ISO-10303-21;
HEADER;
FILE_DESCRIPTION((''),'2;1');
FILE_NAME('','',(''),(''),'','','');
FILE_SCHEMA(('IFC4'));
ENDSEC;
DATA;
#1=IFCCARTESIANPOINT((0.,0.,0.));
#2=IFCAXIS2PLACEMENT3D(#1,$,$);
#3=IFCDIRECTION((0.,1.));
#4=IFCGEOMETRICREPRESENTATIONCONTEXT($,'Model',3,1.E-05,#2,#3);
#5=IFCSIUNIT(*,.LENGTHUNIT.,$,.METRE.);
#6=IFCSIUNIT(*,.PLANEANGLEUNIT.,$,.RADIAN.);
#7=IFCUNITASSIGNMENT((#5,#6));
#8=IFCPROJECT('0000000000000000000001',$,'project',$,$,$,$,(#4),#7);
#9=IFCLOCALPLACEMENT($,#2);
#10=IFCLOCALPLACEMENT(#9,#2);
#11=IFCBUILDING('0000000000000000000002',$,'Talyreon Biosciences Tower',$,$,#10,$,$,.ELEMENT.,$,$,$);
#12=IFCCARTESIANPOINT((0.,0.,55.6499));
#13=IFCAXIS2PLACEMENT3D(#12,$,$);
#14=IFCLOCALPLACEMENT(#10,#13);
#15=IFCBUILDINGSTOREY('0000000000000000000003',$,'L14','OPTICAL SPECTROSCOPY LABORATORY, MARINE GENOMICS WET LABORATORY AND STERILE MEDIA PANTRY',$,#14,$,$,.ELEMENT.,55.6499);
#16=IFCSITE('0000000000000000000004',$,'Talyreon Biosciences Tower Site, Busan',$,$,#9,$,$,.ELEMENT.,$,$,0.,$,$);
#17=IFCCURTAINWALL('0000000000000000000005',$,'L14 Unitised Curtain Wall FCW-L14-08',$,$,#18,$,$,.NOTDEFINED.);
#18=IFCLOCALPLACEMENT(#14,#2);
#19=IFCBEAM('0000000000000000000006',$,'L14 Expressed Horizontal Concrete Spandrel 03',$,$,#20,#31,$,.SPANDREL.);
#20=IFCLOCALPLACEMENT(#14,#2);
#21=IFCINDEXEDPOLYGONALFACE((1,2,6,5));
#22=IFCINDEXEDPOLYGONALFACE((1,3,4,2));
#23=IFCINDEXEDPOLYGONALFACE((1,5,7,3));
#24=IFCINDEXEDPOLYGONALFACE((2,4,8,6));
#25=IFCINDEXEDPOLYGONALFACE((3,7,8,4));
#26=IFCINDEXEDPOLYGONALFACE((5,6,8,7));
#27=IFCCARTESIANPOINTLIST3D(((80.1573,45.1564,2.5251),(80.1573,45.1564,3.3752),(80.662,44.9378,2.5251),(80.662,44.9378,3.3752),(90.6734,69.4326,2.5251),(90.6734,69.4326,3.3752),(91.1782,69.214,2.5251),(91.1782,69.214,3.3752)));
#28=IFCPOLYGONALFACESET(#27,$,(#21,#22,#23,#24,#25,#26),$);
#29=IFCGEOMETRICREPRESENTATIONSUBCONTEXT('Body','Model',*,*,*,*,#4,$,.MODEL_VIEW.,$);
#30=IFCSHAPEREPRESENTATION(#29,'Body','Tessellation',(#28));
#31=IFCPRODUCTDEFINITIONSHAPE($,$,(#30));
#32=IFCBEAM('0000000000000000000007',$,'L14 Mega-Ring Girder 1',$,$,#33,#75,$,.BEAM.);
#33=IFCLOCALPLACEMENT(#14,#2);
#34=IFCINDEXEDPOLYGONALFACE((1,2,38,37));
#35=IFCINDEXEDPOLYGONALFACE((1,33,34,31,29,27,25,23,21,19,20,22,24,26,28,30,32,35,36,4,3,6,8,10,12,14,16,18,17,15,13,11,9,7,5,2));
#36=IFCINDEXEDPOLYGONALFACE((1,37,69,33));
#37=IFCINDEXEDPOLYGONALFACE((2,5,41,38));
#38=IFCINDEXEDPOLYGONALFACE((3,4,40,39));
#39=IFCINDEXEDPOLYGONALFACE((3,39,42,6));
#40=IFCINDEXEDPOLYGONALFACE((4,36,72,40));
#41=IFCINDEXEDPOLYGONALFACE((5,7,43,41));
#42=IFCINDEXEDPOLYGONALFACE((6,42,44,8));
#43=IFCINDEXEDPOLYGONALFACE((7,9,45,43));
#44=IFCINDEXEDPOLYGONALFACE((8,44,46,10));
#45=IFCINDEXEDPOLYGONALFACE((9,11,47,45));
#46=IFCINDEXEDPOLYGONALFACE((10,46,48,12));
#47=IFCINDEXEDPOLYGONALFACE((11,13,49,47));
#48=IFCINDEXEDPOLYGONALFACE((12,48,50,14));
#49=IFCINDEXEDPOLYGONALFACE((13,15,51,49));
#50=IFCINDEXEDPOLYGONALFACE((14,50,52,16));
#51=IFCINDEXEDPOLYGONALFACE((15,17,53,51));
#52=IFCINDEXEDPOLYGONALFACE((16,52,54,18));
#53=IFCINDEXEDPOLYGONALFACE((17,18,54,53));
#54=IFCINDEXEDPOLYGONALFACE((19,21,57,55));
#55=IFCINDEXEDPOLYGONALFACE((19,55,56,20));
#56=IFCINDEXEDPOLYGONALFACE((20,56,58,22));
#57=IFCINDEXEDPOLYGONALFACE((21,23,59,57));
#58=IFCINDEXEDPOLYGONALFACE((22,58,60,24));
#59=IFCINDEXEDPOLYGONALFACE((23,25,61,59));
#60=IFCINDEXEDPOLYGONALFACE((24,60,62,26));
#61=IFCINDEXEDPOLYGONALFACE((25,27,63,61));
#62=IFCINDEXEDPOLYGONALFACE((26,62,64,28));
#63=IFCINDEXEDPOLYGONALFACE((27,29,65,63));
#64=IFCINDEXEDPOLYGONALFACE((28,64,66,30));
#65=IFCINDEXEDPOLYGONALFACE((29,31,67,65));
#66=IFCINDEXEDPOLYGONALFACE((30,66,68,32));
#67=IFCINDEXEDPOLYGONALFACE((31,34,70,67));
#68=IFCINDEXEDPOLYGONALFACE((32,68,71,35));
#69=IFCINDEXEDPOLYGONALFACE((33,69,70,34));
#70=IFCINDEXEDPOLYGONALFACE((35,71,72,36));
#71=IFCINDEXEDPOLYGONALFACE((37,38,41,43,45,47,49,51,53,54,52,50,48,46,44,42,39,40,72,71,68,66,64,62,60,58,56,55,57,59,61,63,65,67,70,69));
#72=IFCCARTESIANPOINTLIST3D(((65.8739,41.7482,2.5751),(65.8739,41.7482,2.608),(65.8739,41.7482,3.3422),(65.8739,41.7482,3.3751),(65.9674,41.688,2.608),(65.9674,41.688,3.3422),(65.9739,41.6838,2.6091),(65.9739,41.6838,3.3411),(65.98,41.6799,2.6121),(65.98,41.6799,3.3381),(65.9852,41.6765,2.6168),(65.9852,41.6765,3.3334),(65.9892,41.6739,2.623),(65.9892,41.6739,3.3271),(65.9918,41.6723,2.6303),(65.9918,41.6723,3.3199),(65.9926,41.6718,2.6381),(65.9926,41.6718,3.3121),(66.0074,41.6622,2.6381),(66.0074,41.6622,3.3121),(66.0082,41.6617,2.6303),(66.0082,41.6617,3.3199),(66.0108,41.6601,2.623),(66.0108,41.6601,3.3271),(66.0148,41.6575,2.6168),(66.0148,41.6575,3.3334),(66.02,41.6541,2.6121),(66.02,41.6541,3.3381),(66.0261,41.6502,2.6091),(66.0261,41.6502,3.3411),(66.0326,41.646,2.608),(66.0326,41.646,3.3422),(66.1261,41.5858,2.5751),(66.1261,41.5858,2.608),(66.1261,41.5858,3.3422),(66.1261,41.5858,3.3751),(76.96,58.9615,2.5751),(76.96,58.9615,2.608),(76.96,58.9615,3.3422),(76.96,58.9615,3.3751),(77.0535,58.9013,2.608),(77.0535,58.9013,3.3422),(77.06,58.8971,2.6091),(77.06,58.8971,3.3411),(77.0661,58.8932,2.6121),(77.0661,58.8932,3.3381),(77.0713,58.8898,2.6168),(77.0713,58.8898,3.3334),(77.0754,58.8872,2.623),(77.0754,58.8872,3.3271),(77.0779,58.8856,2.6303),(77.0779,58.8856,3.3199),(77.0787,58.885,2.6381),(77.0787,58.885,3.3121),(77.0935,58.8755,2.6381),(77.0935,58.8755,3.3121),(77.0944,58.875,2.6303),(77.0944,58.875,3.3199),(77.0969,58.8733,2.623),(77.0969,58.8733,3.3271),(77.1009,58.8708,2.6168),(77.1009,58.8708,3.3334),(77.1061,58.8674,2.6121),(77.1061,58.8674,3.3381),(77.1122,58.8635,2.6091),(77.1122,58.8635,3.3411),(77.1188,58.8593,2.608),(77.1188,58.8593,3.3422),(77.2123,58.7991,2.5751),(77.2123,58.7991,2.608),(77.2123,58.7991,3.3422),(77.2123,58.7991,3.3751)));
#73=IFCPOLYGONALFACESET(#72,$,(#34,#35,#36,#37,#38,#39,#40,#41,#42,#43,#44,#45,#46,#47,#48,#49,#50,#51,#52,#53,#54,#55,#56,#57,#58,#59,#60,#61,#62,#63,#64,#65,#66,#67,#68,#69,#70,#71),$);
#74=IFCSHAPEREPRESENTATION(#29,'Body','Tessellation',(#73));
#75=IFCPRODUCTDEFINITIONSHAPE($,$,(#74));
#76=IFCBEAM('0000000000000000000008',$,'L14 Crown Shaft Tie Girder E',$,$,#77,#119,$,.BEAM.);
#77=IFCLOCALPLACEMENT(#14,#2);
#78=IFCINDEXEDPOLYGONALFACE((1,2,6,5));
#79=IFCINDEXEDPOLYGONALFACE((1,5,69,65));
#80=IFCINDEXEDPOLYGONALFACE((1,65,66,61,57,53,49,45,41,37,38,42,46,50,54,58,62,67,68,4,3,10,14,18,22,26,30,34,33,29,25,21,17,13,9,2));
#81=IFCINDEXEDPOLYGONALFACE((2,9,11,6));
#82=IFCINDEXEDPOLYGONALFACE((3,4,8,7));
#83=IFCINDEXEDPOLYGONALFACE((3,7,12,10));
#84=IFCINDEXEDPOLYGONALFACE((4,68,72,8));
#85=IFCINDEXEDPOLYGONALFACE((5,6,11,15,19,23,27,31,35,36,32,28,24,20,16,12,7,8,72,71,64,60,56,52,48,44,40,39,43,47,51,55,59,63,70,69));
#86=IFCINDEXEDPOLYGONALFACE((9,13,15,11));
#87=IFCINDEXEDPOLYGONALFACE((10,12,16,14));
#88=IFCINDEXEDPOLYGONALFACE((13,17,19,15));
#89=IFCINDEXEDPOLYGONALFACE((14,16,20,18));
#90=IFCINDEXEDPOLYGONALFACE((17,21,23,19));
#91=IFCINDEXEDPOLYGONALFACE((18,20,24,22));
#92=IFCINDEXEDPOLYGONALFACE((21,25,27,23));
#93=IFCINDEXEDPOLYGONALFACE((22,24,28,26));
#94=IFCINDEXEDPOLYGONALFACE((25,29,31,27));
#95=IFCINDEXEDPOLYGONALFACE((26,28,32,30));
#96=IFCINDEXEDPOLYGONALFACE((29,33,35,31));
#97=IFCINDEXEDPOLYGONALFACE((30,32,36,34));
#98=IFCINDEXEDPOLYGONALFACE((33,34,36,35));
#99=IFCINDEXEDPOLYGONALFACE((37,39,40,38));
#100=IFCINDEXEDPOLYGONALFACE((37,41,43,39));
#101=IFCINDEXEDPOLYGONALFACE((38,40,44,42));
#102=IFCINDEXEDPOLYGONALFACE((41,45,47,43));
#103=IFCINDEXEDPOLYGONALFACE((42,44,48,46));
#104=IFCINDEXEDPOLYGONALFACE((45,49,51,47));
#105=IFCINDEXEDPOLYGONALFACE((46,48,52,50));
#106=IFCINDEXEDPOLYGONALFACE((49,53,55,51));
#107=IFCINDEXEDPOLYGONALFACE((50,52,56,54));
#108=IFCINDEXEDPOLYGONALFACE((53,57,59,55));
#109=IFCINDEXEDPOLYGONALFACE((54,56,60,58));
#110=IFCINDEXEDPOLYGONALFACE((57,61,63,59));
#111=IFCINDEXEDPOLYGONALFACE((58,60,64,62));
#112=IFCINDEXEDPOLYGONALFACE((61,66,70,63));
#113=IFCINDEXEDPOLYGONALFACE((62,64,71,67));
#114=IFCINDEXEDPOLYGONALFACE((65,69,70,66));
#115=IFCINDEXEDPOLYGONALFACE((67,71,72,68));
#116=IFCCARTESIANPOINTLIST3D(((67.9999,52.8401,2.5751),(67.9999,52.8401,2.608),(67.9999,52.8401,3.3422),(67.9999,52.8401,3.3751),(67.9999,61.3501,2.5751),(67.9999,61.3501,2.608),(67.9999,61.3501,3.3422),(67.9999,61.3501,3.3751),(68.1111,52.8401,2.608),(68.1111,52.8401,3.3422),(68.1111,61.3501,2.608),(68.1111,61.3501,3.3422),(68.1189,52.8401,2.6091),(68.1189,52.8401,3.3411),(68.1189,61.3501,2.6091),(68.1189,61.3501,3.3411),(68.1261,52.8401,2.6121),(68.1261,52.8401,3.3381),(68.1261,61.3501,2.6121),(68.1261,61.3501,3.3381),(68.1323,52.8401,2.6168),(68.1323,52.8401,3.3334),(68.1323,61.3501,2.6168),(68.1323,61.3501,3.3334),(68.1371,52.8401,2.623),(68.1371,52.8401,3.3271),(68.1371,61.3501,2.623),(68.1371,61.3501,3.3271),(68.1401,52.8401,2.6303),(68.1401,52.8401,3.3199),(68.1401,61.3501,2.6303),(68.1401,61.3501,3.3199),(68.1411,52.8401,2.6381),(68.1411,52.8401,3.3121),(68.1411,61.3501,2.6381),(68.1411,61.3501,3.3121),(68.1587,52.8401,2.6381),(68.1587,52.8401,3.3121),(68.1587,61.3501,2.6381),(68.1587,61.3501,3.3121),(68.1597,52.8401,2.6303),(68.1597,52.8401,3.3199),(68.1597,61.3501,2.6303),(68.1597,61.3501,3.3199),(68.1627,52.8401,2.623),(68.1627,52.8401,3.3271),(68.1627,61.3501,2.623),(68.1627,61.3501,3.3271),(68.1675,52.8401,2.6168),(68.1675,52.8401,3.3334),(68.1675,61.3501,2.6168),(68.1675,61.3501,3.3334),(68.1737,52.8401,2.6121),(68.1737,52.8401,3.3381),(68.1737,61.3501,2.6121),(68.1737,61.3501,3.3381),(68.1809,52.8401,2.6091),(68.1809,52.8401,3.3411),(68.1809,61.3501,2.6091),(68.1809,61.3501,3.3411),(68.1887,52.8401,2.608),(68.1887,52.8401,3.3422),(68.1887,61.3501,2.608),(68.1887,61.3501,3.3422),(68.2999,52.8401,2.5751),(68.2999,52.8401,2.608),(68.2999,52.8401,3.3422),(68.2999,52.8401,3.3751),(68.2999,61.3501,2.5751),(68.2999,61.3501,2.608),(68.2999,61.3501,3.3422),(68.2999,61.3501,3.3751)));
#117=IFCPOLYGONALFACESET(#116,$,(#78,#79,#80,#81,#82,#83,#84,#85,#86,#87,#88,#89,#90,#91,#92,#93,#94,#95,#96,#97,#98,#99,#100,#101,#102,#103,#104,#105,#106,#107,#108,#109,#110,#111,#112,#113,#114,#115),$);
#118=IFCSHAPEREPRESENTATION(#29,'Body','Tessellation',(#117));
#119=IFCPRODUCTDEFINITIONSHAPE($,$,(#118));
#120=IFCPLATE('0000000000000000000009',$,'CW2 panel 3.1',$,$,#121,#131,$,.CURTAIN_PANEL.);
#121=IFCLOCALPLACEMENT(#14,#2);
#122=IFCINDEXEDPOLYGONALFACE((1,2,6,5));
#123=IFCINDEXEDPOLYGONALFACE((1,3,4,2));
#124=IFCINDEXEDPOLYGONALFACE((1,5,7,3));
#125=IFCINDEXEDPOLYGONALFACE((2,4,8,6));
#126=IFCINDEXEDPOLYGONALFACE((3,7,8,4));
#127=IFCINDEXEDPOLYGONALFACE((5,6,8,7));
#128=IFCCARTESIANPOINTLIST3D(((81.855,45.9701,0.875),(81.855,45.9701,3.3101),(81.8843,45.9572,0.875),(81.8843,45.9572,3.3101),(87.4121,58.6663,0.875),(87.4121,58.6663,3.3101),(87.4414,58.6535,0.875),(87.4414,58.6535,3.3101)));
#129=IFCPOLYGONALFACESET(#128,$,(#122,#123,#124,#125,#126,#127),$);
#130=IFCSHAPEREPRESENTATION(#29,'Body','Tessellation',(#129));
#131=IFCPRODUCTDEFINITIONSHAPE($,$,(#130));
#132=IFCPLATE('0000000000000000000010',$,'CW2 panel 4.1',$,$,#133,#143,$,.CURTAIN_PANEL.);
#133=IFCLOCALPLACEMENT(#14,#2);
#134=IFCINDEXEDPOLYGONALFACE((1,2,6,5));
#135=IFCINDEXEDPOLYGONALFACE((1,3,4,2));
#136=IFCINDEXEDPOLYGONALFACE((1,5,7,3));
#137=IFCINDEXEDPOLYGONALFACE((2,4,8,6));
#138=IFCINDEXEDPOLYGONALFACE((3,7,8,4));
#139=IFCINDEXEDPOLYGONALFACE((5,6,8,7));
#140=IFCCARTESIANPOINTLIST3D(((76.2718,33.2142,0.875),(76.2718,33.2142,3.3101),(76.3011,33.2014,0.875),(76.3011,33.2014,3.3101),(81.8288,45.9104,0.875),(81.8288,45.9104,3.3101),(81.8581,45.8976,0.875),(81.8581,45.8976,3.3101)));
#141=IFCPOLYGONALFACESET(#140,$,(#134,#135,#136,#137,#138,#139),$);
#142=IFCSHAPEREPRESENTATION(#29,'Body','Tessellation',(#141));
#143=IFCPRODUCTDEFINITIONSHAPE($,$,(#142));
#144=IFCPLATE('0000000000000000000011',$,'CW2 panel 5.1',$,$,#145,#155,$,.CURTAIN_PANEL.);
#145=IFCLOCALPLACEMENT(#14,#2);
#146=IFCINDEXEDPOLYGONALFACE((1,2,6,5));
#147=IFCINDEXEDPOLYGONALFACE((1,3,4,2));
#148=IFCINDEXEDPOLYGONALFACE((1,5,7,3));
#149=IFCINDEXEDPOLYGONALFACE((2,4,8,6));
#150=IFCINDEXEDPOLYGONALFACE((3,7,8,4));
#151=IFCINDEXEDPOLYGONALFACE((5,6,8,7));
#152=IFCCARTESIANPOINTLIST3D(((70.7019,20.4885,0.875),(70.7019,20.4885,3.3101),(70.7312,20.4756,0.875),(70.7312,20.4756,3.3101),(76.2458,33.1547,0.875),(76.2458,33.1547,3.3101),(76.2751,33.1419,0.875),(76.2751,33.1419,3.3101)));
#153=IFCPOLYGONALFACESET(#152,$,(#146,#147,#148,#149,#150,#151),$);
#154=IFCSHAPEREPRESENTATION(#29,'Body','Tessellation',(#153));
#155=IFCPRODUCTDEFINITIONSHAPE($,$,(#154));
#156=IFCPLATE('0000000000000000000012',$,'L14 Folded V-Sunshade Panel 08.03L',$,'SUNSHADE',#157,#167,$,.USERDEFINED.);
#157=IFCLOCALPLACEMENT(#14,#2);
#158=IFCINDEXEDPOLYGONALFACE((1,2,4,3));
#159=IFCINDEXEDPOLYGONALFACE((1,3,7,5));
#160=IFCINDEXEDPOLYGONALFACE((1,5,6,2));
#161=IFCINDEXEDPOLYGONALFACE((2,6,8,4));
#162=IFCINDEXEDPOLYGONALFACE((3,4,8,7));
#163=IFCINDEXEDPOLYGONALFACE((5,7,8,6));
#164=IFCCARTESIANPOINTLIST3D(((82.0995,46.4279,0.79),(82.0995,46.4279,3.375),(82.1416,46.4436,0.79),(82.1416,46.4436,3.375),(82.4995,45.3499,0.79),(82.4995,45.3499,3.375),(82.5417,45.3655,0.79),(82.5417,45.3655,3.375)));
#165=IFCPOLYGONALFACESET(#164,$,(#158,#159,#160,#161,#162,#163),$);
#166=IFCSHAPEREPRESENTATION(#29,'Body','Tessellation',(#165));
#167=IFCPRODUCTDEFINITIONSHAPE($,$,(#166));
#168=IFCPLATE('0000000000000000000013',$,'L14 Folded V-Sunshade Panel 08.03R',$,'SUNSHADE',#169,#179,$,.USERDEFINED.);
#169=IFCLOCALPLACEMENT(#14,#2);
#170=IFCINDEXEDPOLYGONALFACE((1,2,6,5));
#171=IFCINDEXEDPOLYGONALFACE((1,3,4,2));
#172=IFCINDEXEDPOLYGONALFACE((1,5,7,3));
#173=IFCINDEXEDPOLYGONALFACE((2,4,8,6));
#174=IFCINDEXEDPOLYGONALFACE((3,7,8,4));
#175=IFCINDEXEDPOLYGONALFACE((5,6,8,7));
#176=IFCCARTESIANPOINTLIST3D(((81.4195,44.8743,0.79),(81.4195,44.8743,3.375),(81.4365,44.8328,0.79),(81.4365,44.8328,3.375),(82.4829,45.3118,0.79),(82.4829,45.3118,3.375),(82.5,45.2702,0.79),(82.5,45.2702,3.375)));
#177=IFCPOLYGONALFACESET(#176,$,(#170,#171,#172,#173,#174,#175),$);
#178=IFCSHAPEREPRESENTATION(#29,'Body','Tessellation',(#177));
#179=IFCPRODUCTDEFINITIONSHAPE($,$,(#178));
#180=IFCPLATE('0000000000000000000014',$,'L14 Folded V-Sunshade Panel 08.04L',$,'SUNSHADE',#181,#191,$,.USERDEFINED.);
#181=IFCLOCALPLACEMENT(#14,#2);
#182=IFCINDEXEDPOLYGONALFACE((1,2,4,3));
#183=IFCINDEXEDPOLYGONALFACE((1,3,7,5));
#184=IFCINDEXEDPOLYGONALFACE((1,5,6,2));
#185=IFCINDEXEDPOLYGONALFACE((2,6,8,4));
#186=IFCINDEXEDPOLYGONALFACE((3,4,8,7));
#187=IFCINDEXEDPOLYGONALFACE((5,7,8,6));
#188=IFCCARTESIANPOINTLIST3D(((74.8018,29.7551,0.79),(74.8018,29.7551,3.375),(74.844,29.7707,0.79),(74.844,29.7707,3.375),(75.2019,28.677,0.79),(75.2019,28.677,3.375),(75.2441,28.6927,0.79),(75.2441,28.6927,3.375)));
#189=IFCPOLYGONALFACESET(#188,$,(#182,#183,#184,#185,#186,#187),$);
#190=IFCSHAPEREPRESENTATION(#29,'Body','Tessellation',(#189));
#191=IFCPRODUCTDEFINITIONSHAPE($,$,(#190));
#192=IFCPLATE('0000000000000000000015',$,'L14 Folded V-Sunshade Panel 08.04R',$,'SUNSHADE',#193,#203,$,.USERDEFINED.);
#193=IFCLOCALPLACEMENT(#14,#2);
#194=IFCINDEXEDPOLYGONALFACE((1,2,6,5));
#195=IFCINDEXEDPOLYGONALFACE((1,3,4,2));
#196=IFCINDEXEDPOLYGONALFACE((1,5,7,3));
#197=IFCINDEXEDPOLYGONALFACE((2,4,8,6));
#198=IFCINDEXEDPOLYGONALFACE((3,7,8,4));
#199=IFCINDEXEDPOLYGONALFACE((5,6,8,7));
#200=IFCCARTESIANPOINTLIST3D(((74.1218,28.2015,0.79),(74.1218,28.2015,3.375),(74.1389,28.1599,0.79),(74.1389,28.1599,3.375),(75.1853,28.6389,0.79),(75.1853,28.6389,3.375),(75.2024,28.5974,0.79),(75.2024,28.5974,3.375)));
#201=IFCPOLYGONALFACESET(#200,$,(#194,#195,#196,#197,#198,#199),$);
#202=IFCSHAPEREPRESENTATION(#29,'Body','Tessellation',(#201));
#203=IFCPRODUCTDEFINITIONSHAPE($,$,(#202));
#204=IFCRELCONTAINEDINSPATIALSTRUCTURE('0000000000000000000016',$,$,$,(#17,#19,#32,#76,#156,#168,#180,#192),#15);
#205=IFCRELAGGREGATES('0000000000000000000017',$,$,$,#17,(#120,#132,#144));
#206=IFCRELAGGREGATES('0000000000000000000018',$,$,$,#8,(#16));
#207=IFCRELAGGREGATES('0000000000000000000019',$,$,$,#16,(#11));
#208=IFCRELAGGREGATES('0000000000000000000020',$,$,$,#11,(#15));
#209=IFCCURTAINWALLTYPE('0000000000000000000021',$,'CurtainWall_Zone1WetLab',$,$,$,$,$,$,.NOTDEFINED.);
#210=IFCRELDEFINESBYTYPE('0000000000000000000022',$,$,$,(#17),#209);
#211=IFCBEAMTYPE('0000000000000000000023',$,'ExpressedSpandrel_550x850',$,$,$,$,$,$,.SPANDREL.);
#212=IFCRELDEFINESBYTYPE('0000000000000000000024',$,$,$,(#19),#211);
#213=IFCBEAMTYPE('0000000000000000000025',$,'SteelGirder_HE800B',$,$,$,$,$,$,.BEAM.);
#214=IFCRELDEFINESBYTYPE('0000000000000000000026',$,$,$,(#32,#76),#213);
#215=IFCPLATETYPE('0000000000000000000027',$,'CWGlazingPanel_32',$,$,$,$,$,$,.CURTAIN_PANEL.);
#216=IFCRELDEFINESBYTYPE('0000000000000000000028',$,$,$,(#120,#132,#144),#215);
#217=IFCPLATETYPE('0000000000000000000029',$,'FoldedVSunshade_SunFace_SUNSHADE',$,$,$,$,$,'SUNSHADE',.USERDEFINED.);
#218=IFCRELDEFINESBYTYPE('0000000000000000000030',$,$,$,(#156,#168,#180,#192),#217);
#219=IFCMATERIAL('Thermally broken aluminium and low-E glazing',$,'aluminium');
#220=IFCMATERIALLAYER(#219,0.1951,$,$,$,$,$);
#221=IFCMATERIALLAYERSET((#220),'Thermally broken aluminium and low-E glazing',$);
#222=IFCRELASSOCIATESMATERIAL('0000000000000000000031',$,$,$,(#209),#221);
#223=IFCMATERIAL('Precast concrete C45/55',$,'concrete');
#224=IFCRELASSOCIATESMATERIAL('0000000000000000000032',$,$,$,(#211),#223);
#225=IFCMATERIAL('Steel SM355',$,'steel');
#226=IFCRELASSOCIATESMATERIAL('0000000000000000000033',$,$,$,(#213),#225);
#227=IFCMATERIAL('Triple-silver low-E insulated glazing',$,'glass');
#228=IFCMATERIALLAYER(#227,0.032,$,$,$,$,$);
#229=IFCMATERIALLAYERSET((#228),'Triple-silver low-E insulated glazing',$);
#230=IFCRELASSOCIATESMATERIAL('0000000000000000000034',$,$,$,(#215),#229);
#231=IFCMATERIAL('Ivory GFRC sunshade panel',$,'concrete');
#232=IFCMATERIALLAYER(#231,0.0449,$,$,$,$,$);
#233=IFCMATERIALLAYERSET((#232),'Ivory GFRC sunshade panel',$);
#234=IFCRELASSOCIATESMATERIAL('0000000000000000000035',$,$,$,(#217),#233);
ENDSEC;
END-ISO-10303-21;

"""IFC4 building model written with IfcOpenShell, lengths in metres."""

from ifc_helpers import new_model, si_unit, direction, frame, origin, origin_2d, place, context, subcontext, project, spatial, rectangle, i_section, extrude, material, layer, layer_set, material_profile, profile_set, type_object, element, aggregate, save


model = new_model("IFC4")

# Units and contexts
model_context = context("Model", 3, precision=1e-05, world=origin(), true_north=direction((0.0, 1.0)))
body_context = subcontext(model_context, "Body", "Model", "MODEL_VIEW")
ifc_project = project(units=[si_unit("LENGTHUNIT", "METRE"), si_unit("PLANEANGLEUNIT", "RADIAN")], contexts=[model_context])

# Site, building, storey
site_placement = place(None, origin())
site = spatial("IfcSite", under=ifc_project, at=site_placement, Name="Talyreon Biosciences Tower Site, Busan", CompositionType="ELEMENT", RefElevation=0.0)
building_placement = place(site_placement, origin())
building = spatial("IfcBuilding", under=site, at=building_placement, Name="Talyreon Biosciences Tower", CompositionType="ELEMENT")
storey_placement = place(building_placement, frame((0.0, 0.0, 55.6499)))
storey = spatial("IfcBuildingStorey", under=building, at=storey_placement, Name="L14", Description="OPTICAL SPECTROSCOPY LABORATORY, MARINE GENOMICS WET LABORATORY AND STERILE MEDIA PANTRY", CompositionType="ELEMENT", Elevation=55.6499)

# Shared definitions
ifc_material_1 = material(Name="Precast concrete C45/55", Category="concrete")

# Curtain wall
ifc_material_2 = material(Name="Thermally broken aluminium and low-E glazing", Category="aluminium")
ifc_layer_1 = layer(ifc_material_2, 0.1951)
ifc_layer_set_1 = layer_set([ifc_layer_1], Name="Thermally broken aluminium and low-E glazing")
curtain_wall_type = type_object("IfcCurtainWallType", Name="CurtainWall_Zone1WetLab", PredefinedType="NOTDEFINED", material=ifc_layer_set_1)
curtain_wall_placement = place(storey_placement, origin())
curtain_wall = element("IfcCurtainWall", 1, at=curtain_wall_placement, inside=storey, type_object=curtain_wall_type, Name="L14 Unitised Curtain Wall FCW-L14-08", PredefinedType="NOTDEFINED")

# Beams
ifc_material_profile_1 = material_profile(ifc_material_1, rectangle(XDim=0.55, YDim=0.8501, at=origin_2d()), Name="RCB 550x850")
ifc_profile_set_1 = profile_set([ifc_material_profile_1], Name="Precast concrete C45/55")
beam_type_1 = type_object("IfcBeamType", Name="ExpressedSpandrel_550x850", PredefinedType="SPANDREL", material=ifc_profile_set_1)
beam_1_placement = place(storey_placement, frame((80.4097, 45.0471, 2.9502), z_axis=(0.397495, 0.917604, 0.0), x_axis=(-0.917604, 0.397495, 0.0)))
element("IfcBeam", 2, at=beam_1_placement, inside=storey, type_object=beam_type_1, Name="L14 Expressed Horizontal Concrete Spandrel 03", PredefinedType="SPANDREL", context=body_context, shape_type="SweptSolid", body=[
    extrude(rectangle(XDim=0.55, YDim=0.8501, at=origin_2d()), origin(), (0.0, 0.0, 1.0), 26.4561),
])
ifc_material_3 = material(Name="Steel SM355", Category="steel")
ifc_material_profile_2 = material_profile(ifc_material_3, i_section(OverallWidth=0.3, OverallDepth=0.8, WebThickness=0.0176, FlangeThickness=0.033, FilletRadius=0.03, at=origin_2d()), Name="HE800B")
ifc_profile_set_2 = profile_set([ifc_material_profile_2], Name="Steel SM355")
beam_type_2 = type_object("IfcBeamType", Name="SteelGirder_HE800B", PredefinedType="BEAM", material=ifc_profile_set_2)
beam_2_placement = place(storey_placement, frame((66.0, 41.667, 2.9751), z_axis=(0.541464, 0.840724, 0.0), x_axis=(-0.840724, 0.541464, 0.0)))
element("IfcBeam", 3, at=beam_2_placement, inside=storey, type_object=beam_type_2, Name="L14 Mega-Ring Girder 1", PredefinedType="BEAM", context=body_context, shape_type="SweptSolid", body=[
    extrude(i_section(OverallWidth=0.3, OverallDepth=0.8, WebThickness=0.0176, FlangeThickness=0.033, FilletRadius=0.03, at=origin_2d()), origin(), (0.0, 0.0, 1.0), 20.4744),
])
beam_3_placement = place(storey_placement, frame((68.1499, 52.8401, 2.9751), z_axis=(0.0, 1.0, 0.0), x_axis=(-1.0, 0.0, 0.0)))
element("IfcBeam", 4, at=beam_3_placement, inside=storey, type_object=beam_type_2, Name="L14 Crown Shaft Tie Girder E", PredefinedType="BEAM", context=body_context, shape_type="SweptSolid", body=[
    extrude(i_section(OverallWidth=0.3, OverallDepth=0.8, WebThickness=0.0176, FlangeThickness=0.033, FilletRadius=0.03, at=origin_2d()), origin(), (0.0, 0.0, 1.0), 8.51),
])

# Plates
ifc_material_4 = material(Name="Triple-silver low-E insulated glazing", Category="glass")
ifc_layer_2 = layer(ifc_material_4, 0.032)
ifc_layer_set_2 = layer_set([ifc_layer_2], Name="Triple-silver low-E insulated glazing")
plate_type_1 = type_object("IfcPlateType", Name="CWGlazingPanel_32", PredefinedType="CURTAIN_PANEL", material=ifc_layer_set_2)
plate_1_placement = place(storey_placement, frame((84.6482, 52.3118, 0.875), z_axis=(0.0, 0.0, 1.0), x_axis=(-0.400968, -0.916092, 0.0)))
plate_1 = element("IfcPlate", 5, at=plate_1_placement, type_object=plate_type_1, Name="CW2 panel 3.1", PredefinedType="CURTAIN_PANEL", context=body_context, shape_type="SweptSolid", body=[
    extrude(rectangle(XDim=13.8591, YDim=0.032, at=origin_2d()), origin(), (0.0, 0.0, 1.0), 2.4351),
])
plate_2_placement = place(storey_placement, frame((79.0649, 39.5559, 0.875), z_axis=(0.0, 0.0, 1.0), x_axis=(-0.400968, -0.916092, 0.0)))
plate_2 = element("IfcPlate", 6, at=plate_2_placement, type_object=plate_type_1, Name="CW2 panel 4.1", PredefinedType="CURTAIN_PANEL", context=body_context, shape_type="SweptSolid", body=[
    extrude(rectangle(XDim=13.8591, YDim=0.032, at=origin_2d()), origin(), (0.0, 0.0, 1.0), 2.4351),
])
plate_3_placement = place(storey_placement, frame((73.4885, 26.8152, 0.875), z_axis=(0.0, 0.0, 1.0), x_axis=(-0.400968, -0.916092, 0.0)))
plate_3 = element("IfcPlate", 7, at=plate_3_placement, type_object=plate_type_1, Name="CW2 panel 5.1", PredefinedType="CURTAIN_PANEL", context=body_context, shape_type="SweptSolid", body=[
    extrude(rectangle(XDim=13.8264, YDim=0.032, at=origin_2d()), origin(), (0.0, 0.0, 1.0), 2.4351),
])
aggregate(curtain_wall, [plate_1, plate_2, plate_3])

# Plates
ifc_material_5 = material(Name="Ivory GFRC sunshade panel", Category="concrete")
ifc_layer_3 = layer(ifc_material_5, 0.0449)
ifc_layer_set_3 = layer_set([ifc_layer_3], Name="Ivory GFRC sunshade panel")
plate_type_2 = type_object("IfcPlateType", Name="FoldedVSunshade_SunFace_SUNSHADE", ElementType="SUNSHADE", PredefinedType="USERDEFINED", material=ifc_layer_set_3)
for number, where, z_axis, x_axis, name in (
    (8, (82.3206, 45.8967, 0.79), (0.0, 0.0, 1.0), (0.347934, -0.937519, 0.0), "L14 Folded V-Sunshade Panel 08.03L"),
    (9, (81.9597, 45.0723, 0.79), (0.0, 0.0, 1.0), (-0.924805, -0.380441, 0.0), "L14 Folded V-Sunshade Panel 08.03R"),
    (10, (75.0229, 29.2239, 0.79), (0.0, 0.0, 1.0), (0.347934, -0.937519, 0.0), "L14 Folded V-Sunshade Panel 08.04L"),
    (11, (74.6621, 28.3994, 0.79), (0.0, 0.0, 1.0), (-0.924805, -0.380441, 0.0), "L14 Folded V-Sunshade Panel 08.04R"),
):
    element("IfcPlate", number, at=place(storey_placement, frame(where, z_axis=z_axis, x_axis=x_axis)), inside=storey, type_object=plate_type_2, Name=name, ObjectType="SUNSHADE", PredefinedType="USERDEFINED", context=body_context, shape_type="SweptSolid", body=[
        extrude(rectangle(XDim=1.1499, YDim=0.0449, at=origin_2d()), origin(), (0.0, 0.0, 1.0), 2.585),
    ])

save(model, "model.ifc")
